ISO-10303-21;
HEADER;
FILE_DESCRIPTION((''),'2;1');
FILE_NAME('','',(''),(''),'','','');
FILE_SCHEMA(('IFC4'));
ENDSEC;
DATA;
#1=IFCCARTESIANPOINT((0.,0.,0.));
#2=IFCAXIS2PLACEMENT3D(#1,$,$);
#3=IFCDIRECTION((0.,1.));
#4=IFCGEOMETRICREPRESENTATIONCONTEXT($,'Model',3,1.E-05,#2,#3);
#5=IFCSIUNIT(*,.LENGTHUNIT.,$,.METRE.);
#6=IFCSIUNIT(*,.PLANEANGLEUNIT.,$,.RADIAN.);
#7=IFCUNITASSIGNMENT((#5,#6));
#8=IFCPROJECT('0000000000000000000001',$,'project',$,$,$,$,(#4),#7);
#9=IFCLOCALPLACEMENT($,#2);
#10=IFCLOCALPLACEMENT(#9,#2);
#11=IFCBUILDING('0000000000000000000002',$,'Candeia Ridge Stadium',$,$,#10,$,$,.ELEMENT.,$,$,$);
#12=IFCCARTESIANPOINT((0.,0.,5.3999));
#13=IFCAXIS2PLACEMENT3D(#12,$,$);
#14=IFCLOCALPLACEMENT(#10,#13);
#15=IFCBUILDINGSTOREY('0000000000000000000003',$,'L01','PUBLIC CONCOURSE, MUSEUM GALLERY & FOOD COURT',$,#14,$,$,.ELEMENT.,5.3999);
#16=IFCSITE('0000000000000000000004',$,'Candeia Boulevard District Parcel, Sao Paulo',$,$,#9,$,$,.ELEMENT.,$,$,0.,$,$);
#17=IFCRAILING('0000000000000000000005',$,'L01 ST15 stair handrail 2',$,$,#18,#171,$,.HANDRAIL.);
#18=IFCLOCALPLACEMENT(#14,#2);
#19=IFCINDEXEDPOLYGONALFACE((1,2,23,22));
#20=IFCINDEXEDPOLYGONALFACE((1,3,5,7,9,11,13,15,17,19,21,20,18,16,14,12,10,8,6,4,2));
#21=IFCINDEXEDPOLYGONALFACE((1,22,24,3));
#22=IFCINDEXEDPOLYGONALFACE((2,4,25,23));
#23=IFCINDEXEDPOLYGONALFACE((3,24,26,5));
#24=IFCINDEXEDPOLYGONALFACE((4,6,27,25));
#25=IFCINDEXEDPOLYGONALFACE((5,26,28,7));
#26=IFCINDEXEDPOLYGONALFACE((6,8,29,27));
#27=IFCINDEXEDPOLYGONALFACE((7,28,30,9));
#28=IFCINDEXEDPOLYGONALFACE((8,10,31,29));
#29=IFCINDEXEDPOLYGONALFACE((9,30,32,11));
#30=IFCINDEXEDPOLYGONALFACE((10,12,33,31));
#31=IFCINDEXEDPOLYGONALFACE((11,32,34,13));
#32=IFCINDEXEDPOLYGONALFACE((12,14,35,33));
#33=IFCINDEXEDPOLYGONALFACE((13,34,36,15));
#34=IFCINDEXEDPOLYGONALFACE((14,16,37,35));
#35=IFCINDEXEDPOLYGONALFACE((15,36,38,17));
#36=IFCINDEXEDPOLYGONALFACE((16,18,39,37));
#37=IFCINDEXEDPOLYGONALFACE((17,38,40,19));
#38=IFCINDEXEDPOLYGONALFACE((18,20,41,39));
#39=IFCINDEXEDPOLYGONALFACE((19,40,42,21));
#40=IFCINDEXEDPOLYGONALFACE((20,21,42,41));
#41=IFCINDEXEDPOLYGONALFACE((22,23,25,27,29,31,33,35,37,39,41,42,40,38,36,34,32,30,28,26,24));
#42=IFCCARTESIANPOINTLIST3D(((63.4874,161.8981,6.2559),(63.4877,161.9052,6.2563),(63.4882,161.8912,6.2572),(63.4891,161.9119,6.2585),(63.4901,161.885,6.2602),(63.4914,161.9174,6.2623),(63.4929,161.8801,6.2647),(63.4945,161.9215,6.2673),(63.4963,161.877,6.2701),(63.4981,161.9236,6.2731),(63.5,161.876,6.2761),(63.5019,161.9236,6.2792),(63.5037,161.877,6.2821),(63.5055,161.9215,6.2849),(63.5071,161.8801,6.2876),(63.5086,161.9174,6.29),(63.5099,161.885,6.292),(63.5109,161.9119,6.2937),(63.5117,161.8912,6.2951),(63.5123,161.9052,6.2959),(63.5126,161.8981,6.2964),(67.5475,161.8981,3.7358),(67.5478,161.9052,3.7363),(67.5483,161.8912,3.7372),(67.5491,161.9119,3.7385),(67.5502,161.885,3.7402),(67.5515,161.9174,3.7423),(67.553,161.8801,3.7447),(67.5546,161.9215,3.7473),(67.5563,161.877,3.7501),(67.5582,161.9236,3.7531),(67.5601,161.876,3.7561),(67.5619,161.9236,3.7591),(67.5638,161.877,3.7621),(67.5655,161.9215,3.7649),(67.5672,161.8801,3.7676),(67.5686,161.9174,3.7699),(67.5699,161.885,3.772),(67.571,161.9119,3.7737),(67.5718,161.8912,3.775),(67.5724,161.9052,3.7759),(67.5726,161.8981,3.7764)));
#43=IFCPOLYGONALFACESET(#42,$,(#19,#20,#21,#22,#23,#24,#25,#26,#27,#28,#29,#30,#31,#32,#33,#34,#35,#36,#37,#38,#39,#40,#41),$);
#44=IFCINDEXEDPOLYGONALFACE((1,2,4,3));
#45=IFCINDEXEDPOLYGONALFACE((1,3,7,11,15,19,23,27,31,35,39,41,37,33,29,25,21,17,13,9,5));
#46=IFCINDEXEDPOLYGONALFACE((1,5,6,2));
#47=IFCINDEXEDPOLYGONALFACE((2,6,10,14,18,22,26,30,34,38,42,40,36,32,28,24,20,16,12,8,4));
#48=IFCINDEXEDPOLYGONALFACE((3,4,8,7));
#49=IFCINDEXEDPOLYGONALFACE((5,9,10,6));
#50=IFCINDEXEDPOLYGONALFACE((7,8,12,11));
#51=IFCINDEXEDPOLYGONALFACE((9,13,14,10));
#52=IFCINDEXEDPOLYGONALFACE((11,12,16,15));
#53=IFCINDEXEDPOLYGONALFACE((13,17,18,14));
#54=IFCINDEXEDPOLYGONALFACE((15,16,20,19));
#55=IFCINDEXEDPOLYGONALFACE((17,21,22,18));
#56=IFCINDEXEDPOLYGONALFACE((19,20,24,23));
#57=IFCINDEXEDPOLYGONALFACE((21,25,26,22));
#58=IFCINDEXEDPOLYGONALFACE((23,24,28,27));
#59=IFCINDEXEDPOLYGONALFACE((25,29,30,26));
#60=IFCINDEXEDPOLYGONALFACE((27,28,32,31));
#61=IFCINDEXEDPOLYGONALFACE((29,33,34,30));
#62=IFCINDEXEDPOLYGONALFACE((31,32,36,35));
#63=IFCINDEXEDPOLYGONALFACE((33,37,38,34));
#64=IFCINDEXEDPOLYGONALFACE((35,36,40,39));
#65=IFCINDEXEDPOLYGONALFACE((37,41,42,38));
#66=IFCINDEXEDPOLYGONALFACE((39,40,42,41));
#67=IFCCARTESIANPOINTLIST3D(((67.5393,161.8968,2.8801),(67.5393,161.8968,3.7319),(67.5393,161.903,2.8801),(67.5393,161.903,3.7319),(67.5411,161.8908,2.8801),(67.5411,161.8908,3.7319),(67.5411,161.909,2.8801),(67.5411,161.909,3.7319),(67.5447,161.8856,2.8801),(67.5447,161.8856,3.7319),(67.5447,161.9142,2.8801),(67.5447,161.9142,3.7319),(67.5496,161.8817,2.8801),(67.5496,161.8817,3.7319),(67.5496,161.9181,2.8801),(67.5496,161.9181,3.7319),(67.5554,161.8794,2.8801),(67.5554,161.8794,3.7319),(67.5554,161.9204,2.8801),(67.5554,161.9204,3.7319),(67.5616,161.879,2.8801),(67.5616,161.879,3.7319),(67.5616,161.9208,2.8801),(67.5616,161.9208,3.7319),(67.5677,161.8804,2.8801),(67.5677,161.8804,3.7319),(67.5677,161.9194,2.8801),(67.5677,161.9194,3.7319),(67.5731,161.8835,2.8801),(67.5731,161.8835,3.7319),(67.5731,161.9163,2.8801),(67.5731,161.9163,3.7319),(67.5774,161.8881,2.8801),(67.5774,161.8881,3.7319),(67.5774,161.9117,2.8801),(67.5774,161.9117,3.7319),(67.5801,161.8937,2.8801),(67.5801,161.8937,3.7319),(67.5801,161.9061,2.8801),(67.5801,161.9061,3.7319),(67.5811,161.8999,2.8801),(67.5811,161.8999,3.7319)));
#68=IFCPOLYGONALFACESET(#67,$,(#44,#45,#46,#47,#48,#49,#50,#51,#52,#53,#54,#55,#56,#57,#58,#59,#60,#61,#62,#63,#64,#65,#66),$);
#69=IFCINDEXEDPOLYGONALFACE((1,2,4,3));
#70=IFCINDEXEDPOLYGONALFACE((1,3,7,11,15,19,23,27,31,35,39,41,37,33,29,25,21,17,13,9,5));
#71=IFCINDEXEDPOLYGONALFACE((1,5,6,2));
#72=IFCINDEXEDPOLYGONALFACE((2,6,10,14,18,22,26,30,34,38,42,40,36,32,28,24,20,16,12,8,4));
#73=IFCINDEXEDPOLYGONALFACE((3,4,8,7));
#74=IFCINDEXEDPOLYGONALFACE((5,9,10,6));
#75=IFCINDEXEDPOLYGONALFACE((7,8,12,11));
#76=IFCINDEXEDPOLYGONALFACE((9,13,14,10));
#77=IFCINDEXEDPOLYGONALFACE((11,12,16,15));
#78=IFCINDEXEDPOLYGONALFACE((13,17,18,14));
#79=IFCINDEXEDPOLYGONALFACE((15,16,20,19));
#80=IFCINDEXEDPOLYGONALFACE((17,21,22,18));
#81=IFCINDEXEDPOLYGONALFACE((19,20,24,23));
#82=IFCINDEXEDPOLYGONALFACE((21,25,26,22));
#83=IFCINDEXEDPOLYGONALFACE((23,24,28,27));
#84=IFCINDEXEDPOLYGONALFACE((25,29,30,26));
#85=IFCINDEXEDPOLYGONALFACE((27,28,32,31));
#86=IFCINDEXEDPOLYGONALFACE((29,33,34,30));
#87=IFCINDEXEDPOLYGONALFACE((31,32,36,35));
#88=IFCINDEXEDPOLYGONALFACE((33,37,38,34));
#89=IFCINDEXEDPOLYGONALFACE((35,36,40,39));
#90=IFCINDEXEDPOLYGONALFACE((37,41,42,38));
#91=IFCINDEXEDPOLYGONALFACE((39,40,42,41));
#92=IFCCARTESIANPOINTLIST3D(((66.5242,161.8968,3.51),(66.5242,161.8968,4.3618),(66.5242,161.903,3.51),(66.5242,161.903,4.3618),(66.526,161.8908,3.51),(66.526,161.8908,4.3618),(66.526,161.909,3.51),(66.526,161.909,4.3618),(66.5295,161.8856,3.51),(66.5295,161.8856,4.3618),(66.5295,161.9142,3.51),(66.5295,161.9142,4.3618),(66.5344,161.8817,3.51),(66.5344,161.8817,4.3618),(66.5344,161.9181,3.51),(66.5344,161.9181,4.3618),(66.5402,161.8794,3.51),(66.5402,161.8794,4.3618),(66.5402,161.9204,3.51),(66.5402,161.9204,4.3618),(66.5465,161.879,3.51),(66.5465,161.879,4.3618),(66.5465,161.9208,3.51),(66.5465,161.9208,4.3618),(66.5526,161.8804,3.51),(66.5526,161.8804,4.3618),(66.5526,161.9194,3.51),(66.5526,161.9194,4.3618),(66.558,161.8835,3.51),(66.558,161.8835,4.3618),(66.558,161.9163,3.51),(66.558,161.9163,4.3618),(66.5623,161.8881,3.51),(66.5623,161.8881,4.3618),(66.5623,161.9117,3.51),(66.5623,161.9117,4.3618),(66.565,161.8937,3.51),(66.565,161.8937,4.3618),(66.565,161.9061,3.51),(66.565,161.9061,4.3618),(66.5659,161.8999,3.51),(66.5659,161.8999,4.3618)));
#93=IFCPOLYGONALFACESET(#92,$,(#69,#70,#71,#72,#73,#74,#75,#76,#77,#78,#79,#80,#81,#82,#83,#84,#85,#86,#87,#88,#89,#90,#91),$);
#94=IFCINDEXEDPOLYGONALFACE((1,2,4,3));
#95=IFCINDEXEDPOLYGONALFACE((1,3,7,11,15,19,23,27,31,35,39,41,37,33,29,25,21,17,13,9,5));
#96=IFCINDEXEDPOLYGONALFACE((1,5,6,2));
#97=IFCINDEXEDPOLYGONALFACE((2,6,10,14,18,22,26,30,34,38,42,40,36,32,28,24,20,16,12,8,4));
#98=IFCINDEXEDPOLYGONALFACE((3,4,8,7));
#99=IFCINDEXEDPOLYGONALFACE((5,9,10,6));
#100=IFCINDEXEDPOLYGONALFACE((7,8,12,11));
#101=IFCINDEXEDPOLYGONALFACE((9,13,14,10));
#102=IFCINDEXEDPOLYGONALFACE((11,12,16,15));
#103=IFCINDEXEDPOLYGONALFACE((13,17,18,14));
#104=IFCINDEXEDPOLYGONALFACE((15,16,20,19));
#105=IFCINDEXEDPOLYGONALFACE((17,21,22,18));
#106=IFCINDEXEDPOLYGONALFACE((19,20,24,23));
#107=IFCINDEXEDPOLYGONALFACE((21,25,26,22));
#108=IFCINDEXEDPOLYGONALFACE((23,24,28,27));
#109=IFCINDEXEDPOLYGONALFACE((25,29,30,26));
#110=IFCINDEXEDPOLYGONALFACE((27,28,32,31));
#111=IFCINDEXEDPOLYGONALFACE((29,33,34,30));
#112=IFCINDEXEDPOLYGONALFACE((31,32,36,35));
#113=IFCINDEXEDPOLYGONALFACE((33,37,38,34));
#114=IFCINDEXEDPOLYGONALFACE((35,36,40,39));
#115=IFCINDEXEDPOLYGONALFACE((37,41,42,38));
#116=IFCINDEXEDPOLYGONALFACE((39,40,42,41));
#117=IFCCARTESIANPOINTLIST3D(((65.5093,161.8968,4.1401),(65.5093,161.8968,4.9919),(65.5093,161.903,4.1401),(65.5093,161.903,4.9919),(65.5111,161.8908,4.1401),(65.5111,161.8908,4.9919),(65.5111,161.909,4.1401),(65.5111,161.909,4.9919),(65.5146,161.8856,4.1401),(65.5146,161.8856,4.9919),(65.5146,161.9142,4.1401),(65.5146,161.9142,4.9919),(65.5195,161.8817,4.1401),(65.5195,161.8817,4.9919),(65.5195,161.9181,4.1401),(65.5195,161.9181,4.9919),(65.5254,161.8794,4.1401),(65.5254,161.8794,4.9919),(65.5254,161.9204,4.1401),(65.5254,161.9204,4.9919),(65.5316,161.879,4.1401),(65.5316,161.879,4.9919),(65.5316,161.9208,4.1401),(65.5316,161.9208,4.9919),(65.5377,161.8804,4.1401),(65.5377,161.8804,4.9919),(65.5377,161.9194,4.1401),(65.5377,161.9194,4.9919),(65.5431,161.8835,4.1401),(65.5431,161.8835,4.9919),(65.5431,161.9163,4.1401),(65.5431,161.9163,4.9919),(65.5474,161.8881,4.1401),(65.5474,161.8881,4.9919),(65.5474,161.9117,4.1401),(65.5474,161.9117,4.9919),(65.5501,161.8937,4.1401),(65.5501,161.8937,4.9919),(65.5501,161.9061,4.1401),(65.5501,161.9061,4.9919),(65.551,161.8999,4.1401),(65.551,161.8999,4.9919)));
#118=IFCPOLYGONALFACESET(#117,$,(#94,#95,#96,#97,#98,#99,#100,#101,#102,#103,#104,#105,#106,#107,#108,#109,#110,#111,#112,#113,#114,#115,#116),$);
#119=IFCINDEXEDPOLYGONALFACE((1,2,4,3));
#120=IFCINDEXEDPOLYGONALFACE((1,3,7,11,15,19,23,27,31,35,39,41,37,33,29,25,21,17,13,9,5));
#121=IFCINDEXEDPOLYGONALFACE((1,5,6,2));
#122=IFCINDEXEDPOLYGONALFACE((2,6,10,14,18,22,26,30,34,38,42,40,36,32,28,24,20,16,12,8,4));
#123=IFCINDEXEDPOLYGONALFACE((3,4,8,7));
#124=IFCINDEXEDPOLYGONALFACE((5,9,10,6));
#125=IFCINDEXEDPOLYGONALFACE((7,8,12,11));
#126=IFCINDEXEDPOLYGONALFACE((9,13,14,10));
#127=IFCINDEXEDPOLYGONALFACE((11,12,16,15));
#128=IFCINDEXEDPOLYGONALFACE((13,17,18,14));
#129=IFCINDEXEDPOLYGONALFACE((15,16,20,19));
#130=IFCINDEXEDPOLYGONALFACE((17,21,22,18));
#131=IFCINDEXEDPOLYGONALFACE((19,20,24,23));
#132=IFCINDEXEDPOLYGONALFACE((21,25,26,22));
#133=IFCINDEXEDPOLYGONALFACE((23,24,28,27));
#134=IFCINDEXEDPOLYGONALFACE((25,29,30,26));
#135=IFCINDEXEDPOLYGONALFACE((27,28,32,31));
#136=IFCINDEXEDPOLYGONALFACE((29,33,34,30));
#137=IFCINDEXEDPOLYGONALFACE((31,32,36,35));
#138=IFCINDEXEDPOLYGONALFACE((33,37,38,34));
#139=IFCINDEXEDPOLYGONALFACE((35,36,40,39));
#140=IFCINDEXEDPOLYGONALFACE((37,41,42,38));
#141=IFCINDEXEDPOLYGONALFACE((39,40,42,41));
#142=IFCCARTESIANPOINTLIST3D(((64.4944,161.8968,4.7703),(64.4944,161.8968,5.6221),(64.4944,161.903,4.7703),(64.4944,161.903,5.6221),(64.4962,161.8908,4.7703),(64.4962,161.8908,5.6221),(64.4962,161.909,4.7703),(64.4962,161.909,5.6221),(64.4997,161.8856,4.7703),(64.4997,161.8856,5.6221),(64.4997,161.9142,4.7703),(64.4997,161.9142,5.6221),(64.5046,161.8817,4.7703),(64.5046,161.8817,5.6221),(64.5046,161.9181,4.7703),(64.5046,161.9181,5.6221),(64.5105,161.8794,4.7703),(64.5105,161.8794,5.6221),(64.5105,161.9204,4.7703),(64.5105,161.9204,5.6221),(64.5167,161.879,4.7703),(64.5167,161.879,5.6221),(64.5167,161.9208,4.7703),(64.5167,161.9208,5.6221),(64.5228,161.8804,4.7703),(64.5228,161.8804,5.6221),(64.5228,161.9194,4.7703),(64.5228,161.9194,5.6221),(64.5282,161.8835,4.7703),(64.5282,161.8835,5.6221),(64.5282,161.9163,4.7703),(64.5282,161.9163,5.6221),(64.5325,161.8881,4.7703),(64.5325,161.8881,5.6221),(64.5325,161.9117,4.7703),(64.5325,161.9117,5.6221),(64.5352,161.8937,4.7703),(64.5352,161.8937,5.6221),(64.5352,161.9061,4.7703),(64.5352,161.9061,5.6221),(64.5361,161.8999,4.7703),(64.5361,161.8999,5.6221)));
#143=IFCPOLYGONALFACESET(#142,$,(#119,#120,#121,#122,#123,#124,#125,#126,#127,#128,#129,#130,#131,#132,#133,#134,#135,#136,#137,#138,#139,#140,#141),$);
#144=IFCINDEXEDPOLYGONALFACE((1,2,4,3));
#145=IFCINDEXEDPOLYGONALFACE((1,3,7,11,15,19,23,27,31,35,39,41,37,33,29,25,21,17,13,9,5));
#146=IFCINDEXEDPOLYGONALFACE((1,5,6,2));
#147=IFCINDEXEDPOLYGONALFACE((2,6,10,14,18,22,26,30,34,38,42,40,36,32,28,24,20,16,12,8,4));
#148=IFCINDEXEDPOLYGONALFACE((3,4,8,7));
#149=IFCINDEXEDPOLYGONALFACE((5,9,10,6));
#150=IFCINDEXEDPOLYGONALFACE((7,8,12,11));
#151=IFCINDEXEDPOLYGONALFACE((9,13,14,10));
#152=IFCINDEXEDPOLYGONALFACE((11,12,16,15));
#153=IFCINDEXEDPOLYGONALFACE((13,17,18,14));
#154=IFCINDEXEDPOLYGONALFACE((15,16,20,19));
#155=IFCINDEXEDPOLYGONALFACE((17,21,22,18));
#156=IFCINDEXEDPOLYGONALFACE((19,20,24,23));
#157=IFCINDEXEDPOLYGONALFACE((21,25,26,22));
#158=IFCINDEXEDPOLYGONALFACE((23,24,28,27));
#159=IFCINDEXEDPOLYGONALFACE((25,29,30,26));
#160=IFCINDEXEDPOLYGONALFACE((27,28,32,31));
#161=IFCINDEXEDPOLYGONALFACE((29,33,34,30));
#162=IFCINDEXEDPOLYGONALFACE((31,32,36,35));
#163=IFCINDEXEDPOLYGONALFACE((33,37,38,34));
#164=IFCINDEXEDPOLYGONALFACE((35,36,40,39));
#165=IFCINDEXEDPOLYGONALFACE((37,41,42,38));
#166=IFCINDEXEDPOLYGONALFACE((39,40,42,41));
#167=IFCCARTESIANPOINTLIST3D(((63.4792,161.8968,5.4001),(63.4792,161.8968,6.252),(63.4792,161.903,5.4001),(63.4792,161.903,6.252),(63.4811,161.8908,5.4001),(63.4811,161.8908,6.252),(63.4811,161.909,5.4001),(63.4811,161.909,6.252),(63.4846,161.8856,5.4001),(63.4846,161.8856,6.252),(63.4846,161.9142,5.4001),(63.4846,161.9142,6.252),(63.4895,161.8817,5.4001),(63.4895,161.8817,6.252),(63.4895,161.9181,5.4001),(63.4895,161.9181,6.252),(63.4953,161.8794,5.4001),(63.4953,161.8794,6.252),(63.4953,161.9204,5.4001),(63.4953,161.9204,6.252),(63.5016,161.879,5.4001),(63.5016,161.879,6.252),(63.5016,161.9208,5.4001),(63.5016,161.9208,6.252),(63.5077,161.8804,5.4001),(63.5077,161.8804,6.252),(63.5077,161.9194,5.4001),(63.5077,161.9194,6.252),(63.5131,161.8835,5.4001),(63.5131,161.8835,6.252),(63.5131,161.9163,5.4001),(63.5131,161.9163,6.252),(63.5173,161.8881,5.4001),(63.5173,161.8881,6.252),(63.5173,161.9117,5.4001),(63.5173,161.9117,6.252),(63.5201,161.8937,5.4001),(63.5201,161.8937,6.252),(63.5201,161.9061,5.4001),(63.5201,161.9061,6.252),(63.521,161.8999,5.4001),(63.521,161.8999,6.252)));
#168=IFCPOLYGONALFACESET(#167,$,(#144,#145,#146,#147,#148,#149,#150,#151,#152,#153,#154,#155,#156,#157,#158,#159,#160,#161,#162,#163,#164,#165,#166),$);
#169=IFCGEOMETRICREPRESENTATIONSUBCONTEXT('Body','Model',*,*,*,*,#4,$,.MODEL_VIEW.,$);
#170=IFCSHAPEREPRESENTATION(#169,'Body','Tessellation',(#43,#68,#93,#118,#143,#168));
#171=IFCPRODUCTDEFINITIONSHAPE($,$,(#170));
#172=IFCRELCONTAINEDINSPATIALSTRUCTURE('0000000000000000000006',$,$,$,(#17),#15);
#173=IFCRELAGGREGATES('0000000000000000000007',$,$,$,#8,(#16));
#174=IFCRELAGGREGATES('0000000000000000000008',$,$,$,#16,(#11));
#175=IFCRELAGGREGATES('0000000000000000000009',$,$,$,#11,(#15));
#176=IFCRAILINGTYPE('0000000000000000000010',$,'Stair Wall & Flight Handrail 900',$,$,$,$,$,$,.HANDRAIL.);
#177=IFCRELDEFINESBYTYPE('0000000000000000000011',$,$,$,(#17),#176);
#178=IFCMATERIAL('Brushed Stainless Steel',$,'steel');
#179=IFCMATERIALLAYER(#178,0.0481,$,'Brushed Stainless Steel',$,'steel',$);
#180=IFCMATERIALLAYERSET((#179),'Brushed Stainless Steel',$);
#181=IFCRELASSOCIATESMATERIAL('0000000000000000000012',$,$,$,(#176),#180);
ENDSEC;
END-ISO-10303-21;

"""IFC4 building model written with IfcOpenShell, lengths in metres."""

from ifc_helpers import new_model, si_unit, direction, frame, origin, origin_2d, place, context, subcontext, project, spatial, circle, extrude, material, layer, layer_set, type_object, element, save


model = new_model("IFC4")

# Units and contexts
model_context = context("Model", 3, precision=1e-05, world=origin(), true_north=direction((0.0, 1.0)))
body_context = subcontext(model_context, "Body", "Model", "MODEL_VIEW")
ifc_project = project(units=[si_unit("LENGTHUNIT", "METRE"), si_unit("PLANEANGLEUNIT", "RADIAN")], contexts=[model_context])

# Site, building, storey
site_placement = place(None, origin())
site = spatial("IfcSite", under=ifc_project, at=site_placement, Name="Candeia Boulevard District Parcel, Sao Paulo", CompositionType="ELEMENT", RefElevation=0.0)
building_placement = place(site_placement, origin())
building = spatial("IfcBuilding", under=site, at=building_placement, Name="Candeia Ridge Stadium", CompositionType="ELEMENT")
storey_placement = place(building_placement, frame((0.0, 0.0, 5.3999)))
storey = spatial("IfcBuildingStorey", under=building, at=storey_placement, Name="L01", Description="PUBLIC CONCOURSE, MUSEUM GALLERY & FOOD COURT", CompositionType="ELEMENT", Elevation=5.3999)

# Railing
ifc_material_1 = material(Name="Brushed Stainless Steel", Category="steel")
ifc_layer_1 = layer(ifc_material_1, 0.0481, Name="Brushed Stainless Steel", Category="steel")
ifc_layer_set_1 = layer_set([ifc_layer_1], Name="Brushed Stainless Steel")
railing_type_1 = type_object("IfcRailingType", Name="Stair Wall & Flight Handrail 900", PredefinedType="HANDRAIL", material=ifc_layer_set_1)
railing_1_placement = place(storey_placement, frame((67.5601, 161.8999, 2.8801)))
element("IfcRailing", 1, at=railing_1_placement, inside=storey, type_object=railing_type_1, Name="L01 ST15 stair handrail 2", PredefinedType="HANDRAIL", context=body_context, shape_type="SweptSolid", body=[
    extrude(circle(Radius=0.0239, at=origin_2d()), frame((0.0, 0.0, 0.876), z_axis=(-0.849642, 0.0, 0.52736), x_axis=(0.0, -1.0, 0.0)), (0.0, 0.0, 1.0), 4.7786),
    extrude(circle(Radius=0.021, at=origin_2d()), origin(), (0.0, 0.0, 1.0), 0.8518),
    extrude(circle(Radius=0.021, at=origin_2d()), frame((-1.0151, 0.0, 0.6299)), (0.0, 0.0, 1.0), 0.8518),
    extrude(circle(Radius=0.021, at=origin_2d()), frame((-2.03, 0.0, 1.26)), (0.0, 0.0, 1.0), 0.8518),
    extrude(circle(Radius=0.021, at=origin_2d()), frame((-3.0449, 0.0, 1.8901)), (0.0, 0.0, 1.0), 0.8518),
    extrude(circle(Radius=0.021, at=origin_2d()), frame((-4.0601, 0.0, 2.52)), (0.0, 0.0, 1.0), 0.8518),
])

save(model, "model.ifc")
